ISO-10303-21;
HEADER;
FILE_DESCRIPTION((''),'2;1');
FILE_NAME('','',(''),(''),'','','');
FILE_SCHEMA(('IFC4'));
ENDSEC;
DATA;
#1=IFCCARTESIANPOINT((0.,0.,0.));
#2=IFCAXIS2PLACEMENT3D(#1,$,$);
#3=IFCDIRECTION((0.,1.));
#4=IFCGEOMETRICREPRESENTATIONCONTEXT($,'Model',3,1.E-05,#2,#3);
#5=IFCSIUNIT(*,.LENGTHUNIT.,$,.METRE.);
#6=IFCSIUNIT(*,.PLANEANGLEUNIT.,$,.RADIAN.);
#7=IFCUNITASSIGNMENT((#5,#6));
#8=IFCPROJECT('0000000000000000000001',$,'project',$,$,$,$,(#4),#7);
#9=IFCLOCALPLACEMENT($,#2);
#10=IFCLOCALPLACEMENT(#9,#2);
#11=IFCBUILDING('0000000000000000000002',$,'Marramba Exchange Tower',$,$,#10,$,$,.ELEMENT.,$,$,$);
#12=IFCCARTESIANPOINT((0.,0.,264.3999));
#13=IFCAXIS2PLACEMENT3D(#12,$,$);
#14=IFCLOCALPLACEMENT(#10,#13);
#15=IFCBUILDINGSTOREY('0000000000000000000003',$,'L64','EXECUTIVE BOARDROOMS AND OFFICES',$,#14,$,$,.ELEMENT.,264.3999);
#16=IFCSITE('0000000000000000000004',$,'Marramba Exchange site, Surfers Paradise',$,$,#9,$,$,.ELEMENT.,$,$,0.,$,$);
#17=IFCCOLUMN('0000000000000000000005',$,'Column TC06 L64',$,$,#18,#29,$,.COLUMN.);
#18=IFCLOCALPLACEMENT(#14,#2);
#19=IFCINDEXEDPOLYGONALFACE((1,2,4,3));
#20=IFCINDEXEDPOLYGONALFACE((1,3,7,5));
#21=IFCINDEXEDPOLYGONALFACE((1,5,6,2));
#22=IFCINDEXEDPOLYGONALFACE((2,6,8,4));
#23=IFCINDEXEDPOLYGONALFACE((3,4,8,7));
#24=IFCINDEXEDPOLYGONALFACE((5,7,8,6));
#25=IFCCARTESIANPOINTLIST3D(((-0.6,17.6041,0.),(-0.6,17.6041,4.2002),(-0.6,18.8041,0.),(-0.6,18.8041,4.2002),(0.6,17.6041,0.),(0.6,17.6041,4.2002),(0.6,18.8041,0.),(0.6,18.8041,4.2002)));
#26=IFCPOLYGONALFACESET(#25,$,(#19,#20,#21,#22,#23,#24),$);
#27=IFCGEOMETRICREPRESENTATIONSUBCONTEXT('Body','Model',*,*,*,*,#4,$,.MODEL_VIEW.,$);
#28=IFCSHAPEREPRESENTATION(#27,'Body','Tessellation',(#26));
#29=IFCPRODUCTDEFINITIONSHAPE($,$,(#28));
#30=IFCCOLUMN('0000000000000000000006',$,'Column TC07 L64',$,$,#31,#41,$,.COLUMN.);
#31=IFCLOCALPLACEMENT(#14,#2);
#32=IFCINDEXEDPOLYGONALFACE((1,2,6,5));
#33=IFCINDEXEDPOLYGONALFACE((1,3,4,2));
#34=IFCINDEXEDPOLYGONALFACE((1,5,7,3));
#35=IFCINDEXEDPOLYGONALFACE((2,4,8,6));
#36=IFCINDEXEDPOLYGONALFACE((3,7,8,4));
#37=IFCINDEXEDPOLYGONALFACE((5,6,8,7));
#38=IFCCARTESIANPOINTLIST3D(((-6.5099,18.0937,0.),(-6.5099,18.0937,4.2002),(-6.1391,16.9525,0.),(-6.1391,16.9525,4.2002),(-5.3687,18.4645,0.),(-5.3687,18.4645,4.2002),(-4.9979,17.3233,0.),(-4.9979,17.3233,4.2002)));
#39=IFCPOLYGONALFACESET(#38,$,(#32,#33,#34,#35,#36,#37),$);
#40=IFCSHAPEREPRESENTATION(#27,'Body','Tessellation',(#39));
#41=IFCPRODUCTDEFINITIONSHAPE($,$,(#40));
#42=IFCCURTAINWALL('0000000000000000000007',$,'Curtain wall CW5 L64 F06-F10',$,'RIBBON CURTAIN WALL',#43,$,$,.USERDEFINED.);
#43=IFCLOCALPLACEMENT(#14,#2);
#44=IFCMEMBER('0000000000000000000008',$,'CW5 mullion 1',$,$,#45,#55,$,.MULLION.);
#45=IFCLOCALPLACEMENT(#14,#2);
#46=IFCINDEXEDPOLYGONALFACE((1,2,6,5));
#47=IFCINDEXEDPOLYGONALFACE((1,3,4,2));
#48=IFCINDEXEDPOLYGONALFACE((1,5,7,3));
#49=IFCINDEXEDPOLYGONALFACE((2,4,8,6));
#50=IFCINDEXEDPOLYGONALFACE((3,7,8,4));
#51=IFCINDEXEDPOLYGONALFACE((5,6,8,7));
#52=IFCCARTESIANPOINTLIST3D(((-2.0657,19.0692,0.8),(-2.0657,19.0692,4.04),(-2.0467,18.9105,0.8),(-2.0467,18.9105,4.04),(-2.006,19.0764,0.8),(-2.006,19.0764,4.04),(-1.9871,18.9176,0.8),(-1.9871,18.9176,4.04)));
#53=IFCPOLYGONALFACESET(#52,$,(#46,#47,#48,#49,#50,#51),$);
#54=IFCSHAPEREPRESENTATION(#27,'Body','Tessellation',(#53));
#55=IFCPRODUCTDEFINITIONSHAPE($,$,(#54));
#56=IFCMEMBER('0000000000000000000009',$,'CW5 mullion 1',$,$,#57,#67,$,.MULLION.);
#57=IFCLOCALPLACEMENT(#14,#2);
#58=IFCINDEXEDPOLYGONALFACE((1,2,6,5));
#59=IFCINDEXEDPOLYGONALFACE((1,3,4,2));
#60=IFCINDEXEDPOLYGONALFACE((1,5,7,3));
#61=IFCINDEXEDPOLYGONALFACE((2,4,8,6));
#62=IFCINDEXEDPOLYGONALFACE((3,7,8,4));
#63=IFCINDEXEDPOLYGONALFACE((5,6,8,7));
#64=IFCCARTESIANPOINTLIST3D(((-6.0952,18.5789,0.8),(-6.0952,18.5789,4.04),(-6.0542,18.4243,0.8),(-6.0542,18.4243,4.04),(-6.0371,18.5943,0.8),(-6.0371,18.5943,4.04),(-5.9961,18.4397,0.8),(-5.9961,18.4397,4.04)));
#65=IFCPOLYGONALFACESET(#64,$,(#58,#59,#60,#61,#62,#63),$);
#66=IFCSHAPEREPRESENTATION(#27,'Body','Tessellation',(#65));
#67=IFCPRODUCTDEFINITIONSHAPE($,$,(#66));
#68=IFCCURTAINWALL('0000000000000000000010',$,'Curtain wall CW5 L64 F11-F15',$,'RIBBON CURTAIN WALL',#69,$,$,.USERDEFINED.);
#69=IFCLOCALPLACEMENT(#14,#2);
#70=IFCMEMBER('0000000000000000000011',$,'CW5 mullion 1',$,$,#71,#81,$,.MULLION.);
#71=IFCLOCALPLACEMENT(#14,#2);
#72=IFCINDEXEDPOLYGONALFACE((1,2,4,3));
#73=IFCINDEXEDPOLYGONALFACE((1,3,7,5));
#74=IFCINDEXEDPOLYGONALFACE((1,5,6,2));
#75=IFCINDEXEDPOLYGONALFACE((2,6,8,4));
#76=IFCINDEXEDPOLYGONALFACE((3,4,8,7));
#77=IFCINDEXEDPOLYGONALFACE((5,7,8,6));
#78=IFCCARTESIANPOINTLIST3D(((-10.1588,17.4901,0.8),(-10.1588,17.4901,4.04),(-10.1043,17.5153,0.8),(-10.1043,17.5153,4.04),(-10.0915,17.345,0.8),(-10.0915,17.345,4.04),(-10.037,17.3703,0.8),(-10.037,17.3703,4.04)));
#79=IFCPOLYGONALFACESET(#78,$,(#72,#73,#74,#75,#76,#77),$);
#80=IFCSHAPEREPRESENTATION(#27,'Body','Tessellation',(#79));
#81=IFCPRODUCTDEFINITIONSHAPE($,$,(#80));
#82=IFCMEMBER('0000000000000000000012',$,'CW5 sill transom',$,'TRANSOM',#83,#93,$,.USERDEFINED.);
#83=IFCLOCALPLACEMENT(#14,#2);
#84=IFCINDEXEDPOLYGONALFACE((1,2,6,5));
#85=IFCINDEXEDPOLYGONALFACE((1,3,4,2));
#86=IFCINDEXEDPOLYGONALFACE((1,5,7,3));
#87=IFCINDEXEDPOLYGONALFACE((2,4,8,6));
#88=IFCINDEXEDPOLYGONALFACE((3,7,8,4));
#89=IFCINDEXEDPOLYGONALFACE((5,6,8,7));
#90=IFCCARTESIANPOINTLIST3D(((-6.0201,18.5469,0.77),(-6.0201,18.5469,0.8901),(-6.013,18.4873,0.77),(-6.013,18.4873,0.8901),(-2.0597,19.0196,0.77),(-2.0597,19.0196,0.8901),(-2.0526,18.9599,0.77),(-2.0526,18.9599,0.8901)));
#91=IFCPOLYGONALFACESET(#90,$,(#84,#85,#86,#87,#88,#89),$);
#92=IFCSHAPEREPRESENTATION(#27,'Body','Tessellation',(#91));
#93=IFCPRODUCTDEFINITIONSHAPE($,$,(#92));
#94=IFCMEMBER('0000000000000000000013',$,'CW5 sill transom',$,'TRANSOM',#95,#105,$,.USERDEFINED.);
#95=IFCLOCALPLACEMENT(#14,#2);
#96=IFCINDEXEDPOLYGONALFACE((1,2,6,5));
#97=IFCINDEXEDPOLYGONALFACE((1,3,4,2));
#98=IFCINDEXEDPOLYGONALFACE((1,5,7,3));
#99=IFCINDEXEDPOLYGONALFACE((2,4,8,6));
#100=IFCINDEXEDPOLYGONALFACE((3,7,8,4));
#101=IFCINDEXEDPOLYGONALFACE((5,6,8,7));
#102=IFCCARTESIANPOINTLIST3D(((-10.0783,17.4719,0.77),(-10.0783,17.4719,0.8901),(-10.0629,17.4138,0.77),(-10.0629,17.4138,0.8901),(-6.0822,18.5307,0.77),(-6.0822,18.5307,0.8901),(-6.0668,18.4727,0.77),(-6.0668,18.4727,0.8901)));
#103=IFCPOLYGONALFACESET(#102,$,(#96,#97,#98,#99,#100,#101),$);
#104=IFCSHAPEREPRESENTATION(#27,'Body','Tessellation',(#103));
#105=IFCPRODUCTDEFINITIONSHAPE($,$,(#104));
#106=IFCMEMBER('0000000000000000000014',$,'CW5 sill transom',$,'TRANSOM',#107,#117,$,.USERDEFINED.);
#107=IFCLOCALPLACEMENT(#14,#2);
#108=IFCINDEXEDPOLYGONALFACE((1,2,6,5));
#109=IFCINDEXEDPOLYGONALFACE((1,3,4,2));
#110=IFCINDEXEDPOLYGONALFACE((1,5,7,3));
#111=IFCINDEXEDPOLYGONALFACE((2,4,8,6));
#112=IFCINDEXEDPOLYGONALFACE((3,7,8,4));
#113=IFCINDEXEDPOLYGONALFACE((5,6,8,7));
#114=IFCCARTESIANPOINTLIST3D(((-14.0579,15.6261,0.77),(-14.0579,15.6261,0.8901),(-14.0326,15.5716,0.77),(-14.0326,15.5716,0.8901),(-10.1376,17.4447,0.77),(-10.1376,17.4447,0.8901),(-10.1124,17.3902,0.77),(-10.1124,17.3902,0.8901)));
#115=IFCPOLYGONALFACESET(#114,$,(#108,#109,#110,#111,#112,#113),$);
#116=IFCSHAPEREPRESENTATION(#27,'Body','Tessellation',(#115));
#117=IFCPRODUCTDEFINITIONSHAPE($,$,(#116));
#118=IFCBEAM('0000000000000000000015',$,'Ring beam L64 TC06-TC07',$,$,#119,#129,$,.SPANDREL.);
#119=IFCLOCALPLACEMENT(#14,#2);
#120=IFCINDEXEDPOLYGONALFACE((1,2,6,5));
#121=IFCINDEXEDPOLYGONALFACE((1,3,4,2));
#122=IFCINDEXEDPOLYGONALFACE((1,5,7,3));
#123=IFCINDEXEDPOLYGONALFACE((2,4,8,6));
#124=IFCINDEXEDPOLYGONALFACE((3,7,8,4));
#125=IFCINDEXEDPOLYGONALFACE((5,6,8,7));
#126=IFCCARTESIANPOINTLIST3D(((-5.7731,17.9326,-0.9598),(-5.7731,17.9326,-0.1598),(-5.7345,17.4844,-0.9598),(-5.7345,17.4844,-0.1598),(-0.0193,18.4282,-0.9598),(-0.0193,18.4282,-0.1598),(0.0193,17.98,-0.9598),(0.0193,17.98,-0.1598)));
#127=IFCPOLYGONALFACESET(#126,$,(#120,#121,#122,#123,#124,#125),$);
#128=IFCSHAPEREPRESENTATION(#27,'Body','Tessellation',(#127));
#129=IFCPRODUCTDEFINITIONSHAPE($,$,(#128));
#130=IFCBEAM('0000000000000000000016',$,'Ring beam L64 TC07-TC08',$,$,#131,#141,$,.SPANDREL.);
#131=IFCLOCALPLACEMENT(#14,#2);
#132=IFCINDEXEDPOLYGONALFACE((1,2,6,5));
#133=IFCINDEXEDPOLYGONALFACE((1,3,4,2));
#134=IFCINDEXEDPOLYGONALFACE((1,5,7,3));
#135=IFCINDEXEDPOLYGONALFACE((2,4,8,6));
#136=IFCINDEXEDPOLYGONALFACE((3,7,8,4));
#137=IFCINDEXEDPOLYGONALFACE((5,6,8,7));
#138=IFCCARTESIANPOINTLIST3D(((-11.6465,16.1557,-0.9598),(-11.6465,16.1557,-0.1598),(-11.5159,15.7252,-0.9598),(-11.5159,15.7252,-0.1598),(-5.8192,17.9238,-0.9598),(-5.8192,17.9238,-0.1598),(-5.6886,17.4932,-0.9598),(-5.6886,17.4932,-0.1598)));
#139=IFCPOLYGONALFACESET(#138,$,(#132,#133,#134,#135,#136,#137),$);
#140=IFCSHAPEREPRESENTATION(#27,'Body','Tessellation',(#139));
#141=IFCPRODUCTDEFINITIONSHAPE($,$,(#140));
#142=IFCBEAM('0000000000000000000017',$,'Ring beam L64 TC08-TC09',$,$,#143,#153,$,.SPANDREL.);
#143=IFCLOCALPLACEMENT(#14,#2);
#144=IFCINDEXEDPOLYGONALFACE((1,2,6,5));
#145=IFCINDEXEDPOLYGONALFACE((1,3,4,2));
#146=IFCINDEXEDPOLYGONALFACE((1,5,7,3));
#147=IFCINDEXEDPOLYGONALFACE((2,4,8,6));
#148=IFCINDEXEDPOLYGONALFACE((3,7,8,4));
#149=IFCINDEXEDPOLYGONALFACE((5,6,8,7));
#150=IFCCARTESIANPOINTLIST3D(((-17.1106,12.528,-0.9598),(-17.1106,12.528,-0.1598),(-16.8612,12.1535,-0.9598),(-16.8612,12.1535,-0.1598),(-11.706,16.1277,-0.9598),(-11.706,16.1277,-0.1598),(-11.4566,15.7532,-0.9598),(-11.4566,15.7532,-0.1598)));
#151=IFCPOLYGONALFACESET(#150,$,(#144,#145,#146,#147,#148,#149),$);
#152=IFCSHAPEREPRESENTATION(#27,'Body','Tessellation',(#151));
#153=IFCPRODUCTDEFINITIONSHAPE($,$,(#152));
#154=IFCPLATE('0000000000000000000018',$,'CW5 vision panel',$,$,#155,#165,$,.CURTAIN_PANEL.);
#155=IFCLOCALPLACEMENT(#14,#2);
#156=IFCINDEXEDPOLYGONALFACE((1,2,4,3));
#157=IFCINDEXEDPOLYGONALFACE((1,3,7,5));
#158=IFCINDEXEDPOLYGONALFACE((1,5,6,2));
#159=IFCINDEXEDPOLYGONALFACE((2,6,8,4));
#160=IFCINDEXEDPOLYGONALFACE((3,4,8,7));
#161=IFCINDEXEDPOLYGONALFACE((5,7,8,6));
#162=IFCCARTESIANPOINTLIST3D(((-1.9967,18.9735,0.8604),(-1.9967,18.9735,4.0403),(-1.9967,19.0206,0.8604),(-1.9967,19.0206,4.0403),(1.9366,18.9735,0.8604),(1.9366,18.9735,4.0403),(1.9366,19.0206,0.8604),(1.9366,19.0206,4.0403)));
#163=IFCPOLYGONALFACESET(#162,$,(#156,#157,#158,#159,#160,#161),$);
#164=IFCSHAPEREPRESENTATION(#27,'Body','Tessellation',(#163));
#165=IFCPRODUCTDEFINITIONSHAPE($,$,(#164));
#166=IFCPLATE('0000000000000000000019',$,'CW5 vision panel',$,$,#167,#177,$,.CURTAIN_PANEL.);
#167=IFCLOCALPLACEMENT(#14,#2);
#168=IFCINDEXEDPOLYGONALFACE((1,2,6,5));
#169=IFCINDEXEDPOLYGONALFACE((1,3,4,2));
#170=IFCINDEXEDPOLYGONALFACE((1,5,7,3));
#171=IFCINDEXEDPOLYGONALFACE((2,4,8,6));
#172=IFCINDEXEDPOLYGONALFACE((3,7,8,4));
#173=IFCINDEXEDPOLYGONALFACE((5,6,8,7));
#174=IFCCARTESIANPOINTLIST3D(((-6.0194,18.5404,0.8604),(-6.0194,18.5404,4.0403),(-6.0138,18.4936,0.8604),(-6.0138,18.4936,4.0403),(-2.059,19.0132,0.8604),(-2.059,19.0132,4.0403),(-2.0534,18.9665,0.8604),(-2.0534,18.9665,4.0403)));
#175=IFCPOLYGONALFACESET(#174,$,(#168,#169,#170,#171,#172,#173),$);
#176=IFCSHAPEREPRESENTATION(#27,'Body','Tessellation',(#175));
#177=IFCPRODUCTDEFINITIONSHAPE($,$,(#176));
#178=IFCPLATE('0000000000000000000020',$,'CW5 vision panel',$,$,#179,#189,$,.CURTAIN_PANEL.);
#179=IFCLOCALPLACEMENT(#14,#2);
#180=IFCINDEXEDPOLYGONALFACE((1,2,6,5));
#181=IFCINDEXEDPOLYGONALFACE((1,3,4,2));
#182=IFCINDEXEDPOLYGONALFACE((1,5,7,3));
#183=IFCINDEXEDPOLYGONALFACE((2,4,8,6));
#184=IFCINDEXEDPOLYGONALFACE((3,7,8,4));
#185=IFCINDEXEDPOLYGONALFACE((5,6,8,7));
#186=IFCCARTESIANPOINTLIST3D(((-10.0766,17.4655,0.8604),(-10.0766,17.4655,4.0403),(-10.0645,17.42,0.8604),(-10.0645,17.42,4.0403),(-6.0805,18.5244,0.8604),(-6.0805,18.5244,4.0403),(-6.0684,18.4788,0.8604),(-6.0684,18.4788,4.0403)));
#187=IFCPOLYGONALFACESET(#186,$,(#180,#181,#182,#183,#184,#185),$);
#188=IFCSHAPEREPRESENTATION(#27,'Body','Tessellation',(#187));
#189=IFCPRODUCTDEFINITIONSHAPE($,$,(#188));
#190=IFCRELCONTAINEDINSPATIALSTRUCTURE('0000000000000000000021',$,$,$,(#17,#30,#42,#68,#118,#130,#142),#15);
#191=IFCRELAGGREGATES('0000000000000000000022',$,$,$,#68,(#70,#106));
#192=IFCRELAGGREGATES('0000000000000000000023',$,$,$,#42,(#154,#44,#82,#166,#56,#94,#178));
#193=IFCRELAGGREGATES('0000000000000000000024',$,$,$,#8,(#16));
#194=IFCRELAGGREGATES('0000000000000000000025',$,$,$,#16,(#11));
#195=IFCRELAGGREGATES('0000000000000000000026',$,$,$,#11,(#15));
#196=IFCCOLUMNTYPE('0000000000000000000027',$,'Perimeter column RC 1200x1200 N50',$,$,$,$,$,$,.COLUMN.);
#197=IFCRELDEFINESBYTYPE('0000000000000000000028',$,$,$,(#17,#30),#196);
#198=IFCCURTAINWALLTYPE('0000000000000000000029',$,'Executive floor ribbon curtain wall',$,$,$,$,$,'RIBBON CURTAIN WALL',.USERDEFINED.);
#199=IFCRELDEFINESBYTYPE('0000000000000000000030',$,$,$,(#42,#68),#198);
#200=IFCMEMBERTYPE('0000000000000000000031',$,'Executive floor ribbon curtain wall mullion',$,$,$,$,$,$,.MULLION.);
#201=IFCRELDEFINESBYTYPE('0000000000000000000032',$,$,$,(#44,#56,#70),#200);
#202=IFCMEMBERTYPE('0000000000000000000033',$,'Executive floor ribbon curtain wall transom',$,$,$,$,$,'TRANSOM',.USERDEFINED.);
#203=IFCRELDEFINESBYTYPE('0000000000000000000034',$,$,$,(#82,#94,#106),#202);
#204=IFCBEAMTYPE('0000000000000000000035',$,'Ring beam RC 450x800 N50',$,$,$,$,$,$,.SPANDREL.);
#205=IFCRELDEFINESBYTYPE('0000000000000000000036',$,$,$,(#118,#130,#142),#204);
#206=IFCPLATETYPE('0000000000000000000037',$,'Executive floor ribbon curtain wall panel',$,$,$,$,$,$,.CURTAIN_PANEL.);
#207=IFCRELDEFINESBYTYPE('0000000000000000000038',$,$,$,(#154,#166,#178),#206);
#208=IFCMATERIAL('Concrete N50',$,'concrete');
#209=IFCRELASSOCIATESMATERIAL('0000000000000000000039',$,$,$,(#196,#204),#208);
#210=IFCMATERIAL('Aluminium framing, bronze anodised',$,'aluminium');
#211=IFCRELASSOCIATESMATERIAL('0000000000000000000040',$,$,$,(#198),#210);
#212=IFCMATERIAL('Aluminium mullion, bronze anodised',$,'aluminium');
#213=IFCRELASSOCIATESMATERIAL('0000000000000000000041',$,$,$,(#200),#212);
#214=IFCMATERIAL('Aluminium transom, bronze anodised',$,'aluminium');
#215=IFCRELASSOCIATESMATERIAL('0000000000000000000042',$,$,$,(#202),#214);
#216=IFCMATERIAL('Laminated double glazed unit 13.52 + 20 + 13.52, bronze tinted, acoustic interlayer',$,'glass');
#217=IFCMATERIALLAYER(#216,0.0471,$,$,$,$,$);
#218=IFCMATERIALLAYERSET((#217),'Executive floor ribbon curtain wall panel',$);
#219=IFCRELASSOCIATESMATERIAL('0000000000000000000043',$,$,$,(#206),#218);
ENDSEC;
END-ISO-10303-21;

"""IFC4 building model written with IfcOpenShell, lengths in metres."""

from ifc_helpers import new_model, si_unit, direction, frame, origin, origin_2d, place, context, subcontext, project, spatial, rectangle, extrude, material, layer, layer_set, material_profile, profile_set, type_object, element, aggregate, save


model = new_model("IFC4")

# Units and contexts
model_context = context("Model", 3, precision=1e-05, world=origin(), true_north=direction((0.0, 1.0)))
body_context = subcontext(model_context, "Body", "Model", "MODEL_VIEW")
ifc_project = project(units=[si_unit("LENGTHUNIT", "METRE"), si_unit("PLANEANGLEUNIT", "RADIAN")], contexts=[model_context])

# Site, building, storey
site_placement = place(None, origin())
site = spatial("IfcSite", under=ifc_project, at=site_placement, Name="Marramba Exchange site, Surfers Paradise", CompositionType="ELEMENT", RefElevation=0.0)
building_placement = place(site_placement, origin())
building = spatial("IfcBuilding", under=site, at=building_placement, Name="Marramba Exchange Tower", CompositionType="ELEMENT")
storey_placement = place(building_placement, frame((0.0, 0.0, 264.3999)))
storey = spatial("IfcBuildingStorey", under=building, at=storey_placement, Name="L64", Description="EXECUTIVE BOARDROOMS AND OFFICES", CompositionType="ELEMENT", Elevation=264.3999)

# Columns
ifc_material_1 = material(Name="Concrete N50", Category="concrete")
ifc_material_profile_1 = material_profile(ifc_material_1, rectangle(XDim=1.2, YDim=1.2, at=origin_2d()), Name="RC 1200x1200")
ifc_profile_set_1 = profile_set([ifc_material_profile_1], Name="Concrete N50")
column_type = type_object("IfcColumnType", Name="Perimeter column RC 1200x1200 N50", PredefinedType="COLUMN", material=ifc_profile_set_1)
for number, where, z_axis, x_axis, name in (
    (1, (0.0, 18.2041, 0.0), (0.0, 0.0, 1.0), (0.0, 1.0, 0.0), "Column TC06 L64"),
    (2, (-5.7539, 17.7085, 0.0), (0.0, 0.0, 1.0), (-0.309017, 0.951057, 0.0), "Column TC07 L64"),
):
    element("IfcColumn", number, at=place(storey_placement, frame(where, z_axis=z_axis, x_axis=x_axis)), inside=storey, type_object=column_type, Name=name, PredefinedType="COLUMN", context=body_context, shape_type="SweptSolid", body=[
        extrude(rectangle(XDim=1.2, YDim=1.2, at=origin_2d()), origin(), (0.0, 0.0, 1.0), 4.2002),
    ])

# Curtain wall, members
ifc_material_2 = material(Name="Aluminium framing, bronze anodised", Category="aluminium")
curtain_wall_type = type_object("IfcCurtainWallType", Name="Executive floor ribbon curtain wall", ElementType="RIBBON CURTAIN WALL", PredefinedType="USERDEFINED", material=ifc_material_2)
curtain_wall_1_placement = place(storey_placement, origin())
curtain_wall_1 = element("IfcCurtainWall", 3, at=curtain_wall_1_placement, inside=storey, type_object=curtain_wall_type, Name="Curtain wall CW5 L64 F06-F10", ObjectType="RIBBON CURTAIN WALL", PredefinedType="USERDEFINED")
ifc_material_3 = material(Name="Aluminium mullion, bronze anodised", Category="aluminium")
ifc_material_profile_2 = material_profile(ifc_material_3, rectangle(XDim=0.1599, YDim=0.0601, at=origin_2d()), Name="CW5 mullion 60x160")
ifc_profile_set_2 = profile_set([ifc_material_profile_2], Name="Aluminium mullion, bronze anodised")
member_type_1 = type_object("IfcMemberType", Name="Executive floor ribbon curtain wall mullion", PredefinedType="MULLION", material=ifc_profile_set_2)
member_1_placement = place(storey_placement, frame((-2.0264, 18.9934, 0.8), z_axis=(0.0, 0.0, 1.0), x_axis=(0.118557, -0.992947, 0.0)))
member_1 = element("IfcMember", 4, at=member_1_placement, type_object=member_type_1, Name="CW5 mullion 1", PredefinedType="MULLION", context=body_context, shape_type="SweptSolid", body=[
    extrude(rectangle(XDim=0.1599, YDim=0.0601, at=origin_2d()), origin(), (0.0, 0.0, 1.0), 3.24),
])
member_2_placement = place(storey_placement, frame((-6.0457, 18.5093, 0.8), z_axis=(0.0, 0.0, 1.0), x_axis=(0.256126, -0.966644, 0.0)))
member_2 = element("IfcMember", 5, at=member_2_placement, type_object=member_type_1, Name="CW5 mullion 1", PredefinedType="MULLION", context=body_context, shape_type="SweptSolid", body=[
    extrude(rectangle(XDim=0.1599, YDim=0.0601, at=origin_2d()), origin(), (0.0, 0.0, 1.0), 3.24),
])

# Curtain wall, member
curtain_wall_2_placement = place(storey_placement, origin())
curtain_wall_2 = element("IfcCurtainWall", 6, at=curtain_wall_2_placement, inside=storey, type_object=curtain_wall_type, Name="Curtain wall CW5 L64 F11-F15", ObjectType="RIBBON CURTAIN WALL", PredefinedType="USERDEFINED")
member_3_placement = place(storey_placement, frame((-10.0979, 17.4302, 0.8), z_axis=(0.0, 0.0, 1.0), x_axis=(0.420849, -0.907131, 0.0)))
member_3 = element("IfcMember", 7, at=member_3_placement, type_object=member_type_1, Name="CW5 mullion 1", PredefinedType="MULLION", context=body_context, shape_type="SweptSolid", body=[
    extrude(rectangle(XDim=0.1599, YDim=0.0601, at=origin_2d()), origin(), (0.0, 0.0, 1.0), 3.24),
])

# Members
ifc_material_4 = material(Name="Aluminium transom, bronze anodised", Category="aluminium")
ifc_material_profile_3 = material_profile(ifc_material_4, rectangle(XDim=0.0601, YDim=0.1201, at=origin_2d()), Name="CW5 transom 60x120")
ifc_profile_set_3 = profile_set([ifc_material_profile_3], Name="Aluminium transom, bronze anodised")
member_type_2 = type_object("IfcMemberType", Name="Executive floor ribbon curtain wall transom", ElementType="TRANSOM", PredefinedType="USERDEFINED", material=ifc_profile_set_3)
member_4_placement = place(storey_placement, frame((-2.0562, 18.9897, 0.8301), z_axis=(-0.992954, -0.118503, 0.0), x_axis=(0.118503, -0.992954, 0.0)))
member_4 = element("IfcMember", 8, at=member_4_placement, type_object=member_type_2, Name="CW5 sill transom", ObjectType="TRANSOM", PredefinedType="USERDEFINED", context=body_context, shape_type="SweptSolid", body=[
    extrude(rectangle(XDim=0.0601, YDim=0.1201, at=origin_2d()), origin(), (0.0, 0.0, 1.0), 3.9885),
])
member_5_placement = place(storey_placement, frame((-6.0745, 18.5017, 0.8301), z_axis=(-0.966642, -0.25613, 0.0), x_axis=(0.25613, -0.966642, 0.0)))
member_5 = element("IfcMember", 9, at=member_5_placement, type_object=member_type_2, Name="CW5 sill transom", ObjectType="TRANSOM", PredefinedType="USERDEFINED", context=body_context, shape_type="SweptSolid", body=[
    extrude(rectangle(XDim=0.0601, YDim=0.1201, at=origin_2d()), origin(), (0.0, 0.0, 1.0), 4.134),
])
member_6_placement = place(storey_placement, frame((-10.125, 17.4175, 0.8301), z_axis=(-0.907139, -0.420831, 0.0), x_axis=(0.420831, -0.907139, 0.0)))
member_6 = element("IfcMember", 10, at=member_6_placement, type_object=member_type_2, Name="CW5 sill transom", ObjectType="TRANSOM", PredefinedType="USERDEFINED", context=body_context, shape_type="SweptSolid", body=[
    extrude(rectangle(XDim=0.0601, YDim=0.1201, at=origin_2d()), origin(), (0.0, 0.0, 1.0), 4.3215),
])
aggregate(curtain_wall_2, [member_3, member_6])

# Beams
ifc_material_profile_4 = material_profile(ifc_material_1, rectangle(XDim=0.45, YDim=0.8, at=origin_2d()), Name="RC 450x800")
ifc_profile_set_4 = profile_set([ifc_material_profile_4], Name="Concrete N50")
beam_type = type_object("IfcBeamType", Name="Ring beam RC 450x800 N50", PredefinedType="SPANDREL", material=ifc_profile_set_4)
beam_1_placement = place(storey_placement, frame((0.0, 18.2041, -0.5598), z_axis=(-0.996311, -0.085816, 0.0), x_axis=(0.085816, -0.996311, 0.0)))
element("IfcBeam", 11, at=beam_1_placement, inside=storey, type_object=beam_type, Name="Ring beam L64 TC06-TC07", PredefinedType="SPANDREL", context=body_context, shape_type="SweptSolid", body=[
    extrude(rectangle(XDim=0.45, YDim=0.8, at=origin_2d()), origin(), (0.0, 0.0, 1.0), 5.7751),
])
beam_2_placement = place(storey_placement, frame((-5.7539, 17.7085, -0.5598), z_axis=(-0.956925, -0.290337, 0.0), x_axis=(0.290337, -0.956925, 0.0)))
element("IfcBeam", 12, at=beam_2_placement, inside=storey, type_object=beam_type, Name="Ring beam L64 TC07-TC08", PredefinedType="SPANDREL", context=body_context, shape_type="SweptSolid", body=[
    extrude(rectangle(XDim=0.45, YDim=0.8, at=origin_2d()), origin(), (0.0, 0.0, 1.0), 6.0896),
])
beam_3_placement = place(storey_placement, frame((-11.5813, 15.9404, -0.5598), z_axis=(-0.832293, -0.554336, 0.0), x_axis=(0.554336, -0.832293, 0.0)))
element("IfcBeam", 13, at=beam_3_placement, inside=storey, type_object=beam_type, Name="Ring beam L64 TC08-TC09", PredefinedType="SPANDREL", context=body_context, shape_type="SweptSolid", body=[
    extrude(rectangle(XDim=0.45, YDim=0.8, at=origin_2d()), origin(), (0.0, 0.0, 1.0), 6.4937),
])

# Plates
ifc_material_5 = material(Name="Laminated double glazed unit 13.52 + 20 + 13.52, bronze tinted, acoustic interlayer", Category="glass")
ifc_layer_1 = layer(ifc_material_5, 0.0471)
ifc_layer_set_1 = layer_set([ifc_layer_1], Name="Executive floor ribbon curtain wall panel")
plate_type = type_object("IfcPlateType", Name="Executive floor ribbon curtain wall panel", PredefinedType="CURTAIN_PANEL", material=ifc_layer_set_1)
plate_1_placement = place(storey_placement, frame((-0.03, 18.9971, 0.8604), z_axis=(0.0, 0.0, 1.0), x_axis=(-1.0, 0.0, 0.0)))
plate_1 = element("IfcPlate", 14, at=plate_1_placement, type_object=plate_type, Name="CW5 vision panel", PredefinedType="CURTAIN_PANEL", context=body_context, shape_type="SweptSolid", body=[
    extrude(rectangle(XDim=3.9333, YDim=0.0471, at=origin_2d()), origin(), (0.0, 0.0, 1.0), 3.1799),
])
plate_2_placement = place(storey_placement, frame((-4.0364, 18.7534, 0.8604), z_axis=(0.0, 0.0, 1.0), x_axis=(-0.992947, -0.118557, 0.0)))
plate_2 = element("IfcPlate", 15, at=plate_2_placement, type_object=plate_type, Name="CW5 vision panel", PredefinedType="CURTAIN_PANEL", context=body_context, shape_type="SweptSolid", body=[
    extrude(rectangle(XDim=3.9885, YDim=0.0471, at=origin_2d()), origin(), (0.0, 0.0, 1.0), 3.1799),
])
plate_3_placement = place(storey_placement, frame((-8.0725, 17.9722, 0.8604), z_axis=(0.0, 0.0, 1.0), x_axis=(-0.966644, -0.256126, 0.0)))
plate_3 = element("IfcPlate", 16, at=plate_3_placement, type_object=plate_type, Name="CW5 vision panel", PredefinedType="CURTAIN_PANEL", context=body_context, shape_type="SweptSolid", body=[
    extrude(rectangle(XDim=4.134, YDim=0.0471, at=origin_2d()), origin(), (0.0, 0.0, 1.0), 3.1799),
])
aggregate(curtain_wall_1, [plate_1, member_1, member_4, plate_2, member_2, member_5, plate_3])

save(model, "model.ifc")
